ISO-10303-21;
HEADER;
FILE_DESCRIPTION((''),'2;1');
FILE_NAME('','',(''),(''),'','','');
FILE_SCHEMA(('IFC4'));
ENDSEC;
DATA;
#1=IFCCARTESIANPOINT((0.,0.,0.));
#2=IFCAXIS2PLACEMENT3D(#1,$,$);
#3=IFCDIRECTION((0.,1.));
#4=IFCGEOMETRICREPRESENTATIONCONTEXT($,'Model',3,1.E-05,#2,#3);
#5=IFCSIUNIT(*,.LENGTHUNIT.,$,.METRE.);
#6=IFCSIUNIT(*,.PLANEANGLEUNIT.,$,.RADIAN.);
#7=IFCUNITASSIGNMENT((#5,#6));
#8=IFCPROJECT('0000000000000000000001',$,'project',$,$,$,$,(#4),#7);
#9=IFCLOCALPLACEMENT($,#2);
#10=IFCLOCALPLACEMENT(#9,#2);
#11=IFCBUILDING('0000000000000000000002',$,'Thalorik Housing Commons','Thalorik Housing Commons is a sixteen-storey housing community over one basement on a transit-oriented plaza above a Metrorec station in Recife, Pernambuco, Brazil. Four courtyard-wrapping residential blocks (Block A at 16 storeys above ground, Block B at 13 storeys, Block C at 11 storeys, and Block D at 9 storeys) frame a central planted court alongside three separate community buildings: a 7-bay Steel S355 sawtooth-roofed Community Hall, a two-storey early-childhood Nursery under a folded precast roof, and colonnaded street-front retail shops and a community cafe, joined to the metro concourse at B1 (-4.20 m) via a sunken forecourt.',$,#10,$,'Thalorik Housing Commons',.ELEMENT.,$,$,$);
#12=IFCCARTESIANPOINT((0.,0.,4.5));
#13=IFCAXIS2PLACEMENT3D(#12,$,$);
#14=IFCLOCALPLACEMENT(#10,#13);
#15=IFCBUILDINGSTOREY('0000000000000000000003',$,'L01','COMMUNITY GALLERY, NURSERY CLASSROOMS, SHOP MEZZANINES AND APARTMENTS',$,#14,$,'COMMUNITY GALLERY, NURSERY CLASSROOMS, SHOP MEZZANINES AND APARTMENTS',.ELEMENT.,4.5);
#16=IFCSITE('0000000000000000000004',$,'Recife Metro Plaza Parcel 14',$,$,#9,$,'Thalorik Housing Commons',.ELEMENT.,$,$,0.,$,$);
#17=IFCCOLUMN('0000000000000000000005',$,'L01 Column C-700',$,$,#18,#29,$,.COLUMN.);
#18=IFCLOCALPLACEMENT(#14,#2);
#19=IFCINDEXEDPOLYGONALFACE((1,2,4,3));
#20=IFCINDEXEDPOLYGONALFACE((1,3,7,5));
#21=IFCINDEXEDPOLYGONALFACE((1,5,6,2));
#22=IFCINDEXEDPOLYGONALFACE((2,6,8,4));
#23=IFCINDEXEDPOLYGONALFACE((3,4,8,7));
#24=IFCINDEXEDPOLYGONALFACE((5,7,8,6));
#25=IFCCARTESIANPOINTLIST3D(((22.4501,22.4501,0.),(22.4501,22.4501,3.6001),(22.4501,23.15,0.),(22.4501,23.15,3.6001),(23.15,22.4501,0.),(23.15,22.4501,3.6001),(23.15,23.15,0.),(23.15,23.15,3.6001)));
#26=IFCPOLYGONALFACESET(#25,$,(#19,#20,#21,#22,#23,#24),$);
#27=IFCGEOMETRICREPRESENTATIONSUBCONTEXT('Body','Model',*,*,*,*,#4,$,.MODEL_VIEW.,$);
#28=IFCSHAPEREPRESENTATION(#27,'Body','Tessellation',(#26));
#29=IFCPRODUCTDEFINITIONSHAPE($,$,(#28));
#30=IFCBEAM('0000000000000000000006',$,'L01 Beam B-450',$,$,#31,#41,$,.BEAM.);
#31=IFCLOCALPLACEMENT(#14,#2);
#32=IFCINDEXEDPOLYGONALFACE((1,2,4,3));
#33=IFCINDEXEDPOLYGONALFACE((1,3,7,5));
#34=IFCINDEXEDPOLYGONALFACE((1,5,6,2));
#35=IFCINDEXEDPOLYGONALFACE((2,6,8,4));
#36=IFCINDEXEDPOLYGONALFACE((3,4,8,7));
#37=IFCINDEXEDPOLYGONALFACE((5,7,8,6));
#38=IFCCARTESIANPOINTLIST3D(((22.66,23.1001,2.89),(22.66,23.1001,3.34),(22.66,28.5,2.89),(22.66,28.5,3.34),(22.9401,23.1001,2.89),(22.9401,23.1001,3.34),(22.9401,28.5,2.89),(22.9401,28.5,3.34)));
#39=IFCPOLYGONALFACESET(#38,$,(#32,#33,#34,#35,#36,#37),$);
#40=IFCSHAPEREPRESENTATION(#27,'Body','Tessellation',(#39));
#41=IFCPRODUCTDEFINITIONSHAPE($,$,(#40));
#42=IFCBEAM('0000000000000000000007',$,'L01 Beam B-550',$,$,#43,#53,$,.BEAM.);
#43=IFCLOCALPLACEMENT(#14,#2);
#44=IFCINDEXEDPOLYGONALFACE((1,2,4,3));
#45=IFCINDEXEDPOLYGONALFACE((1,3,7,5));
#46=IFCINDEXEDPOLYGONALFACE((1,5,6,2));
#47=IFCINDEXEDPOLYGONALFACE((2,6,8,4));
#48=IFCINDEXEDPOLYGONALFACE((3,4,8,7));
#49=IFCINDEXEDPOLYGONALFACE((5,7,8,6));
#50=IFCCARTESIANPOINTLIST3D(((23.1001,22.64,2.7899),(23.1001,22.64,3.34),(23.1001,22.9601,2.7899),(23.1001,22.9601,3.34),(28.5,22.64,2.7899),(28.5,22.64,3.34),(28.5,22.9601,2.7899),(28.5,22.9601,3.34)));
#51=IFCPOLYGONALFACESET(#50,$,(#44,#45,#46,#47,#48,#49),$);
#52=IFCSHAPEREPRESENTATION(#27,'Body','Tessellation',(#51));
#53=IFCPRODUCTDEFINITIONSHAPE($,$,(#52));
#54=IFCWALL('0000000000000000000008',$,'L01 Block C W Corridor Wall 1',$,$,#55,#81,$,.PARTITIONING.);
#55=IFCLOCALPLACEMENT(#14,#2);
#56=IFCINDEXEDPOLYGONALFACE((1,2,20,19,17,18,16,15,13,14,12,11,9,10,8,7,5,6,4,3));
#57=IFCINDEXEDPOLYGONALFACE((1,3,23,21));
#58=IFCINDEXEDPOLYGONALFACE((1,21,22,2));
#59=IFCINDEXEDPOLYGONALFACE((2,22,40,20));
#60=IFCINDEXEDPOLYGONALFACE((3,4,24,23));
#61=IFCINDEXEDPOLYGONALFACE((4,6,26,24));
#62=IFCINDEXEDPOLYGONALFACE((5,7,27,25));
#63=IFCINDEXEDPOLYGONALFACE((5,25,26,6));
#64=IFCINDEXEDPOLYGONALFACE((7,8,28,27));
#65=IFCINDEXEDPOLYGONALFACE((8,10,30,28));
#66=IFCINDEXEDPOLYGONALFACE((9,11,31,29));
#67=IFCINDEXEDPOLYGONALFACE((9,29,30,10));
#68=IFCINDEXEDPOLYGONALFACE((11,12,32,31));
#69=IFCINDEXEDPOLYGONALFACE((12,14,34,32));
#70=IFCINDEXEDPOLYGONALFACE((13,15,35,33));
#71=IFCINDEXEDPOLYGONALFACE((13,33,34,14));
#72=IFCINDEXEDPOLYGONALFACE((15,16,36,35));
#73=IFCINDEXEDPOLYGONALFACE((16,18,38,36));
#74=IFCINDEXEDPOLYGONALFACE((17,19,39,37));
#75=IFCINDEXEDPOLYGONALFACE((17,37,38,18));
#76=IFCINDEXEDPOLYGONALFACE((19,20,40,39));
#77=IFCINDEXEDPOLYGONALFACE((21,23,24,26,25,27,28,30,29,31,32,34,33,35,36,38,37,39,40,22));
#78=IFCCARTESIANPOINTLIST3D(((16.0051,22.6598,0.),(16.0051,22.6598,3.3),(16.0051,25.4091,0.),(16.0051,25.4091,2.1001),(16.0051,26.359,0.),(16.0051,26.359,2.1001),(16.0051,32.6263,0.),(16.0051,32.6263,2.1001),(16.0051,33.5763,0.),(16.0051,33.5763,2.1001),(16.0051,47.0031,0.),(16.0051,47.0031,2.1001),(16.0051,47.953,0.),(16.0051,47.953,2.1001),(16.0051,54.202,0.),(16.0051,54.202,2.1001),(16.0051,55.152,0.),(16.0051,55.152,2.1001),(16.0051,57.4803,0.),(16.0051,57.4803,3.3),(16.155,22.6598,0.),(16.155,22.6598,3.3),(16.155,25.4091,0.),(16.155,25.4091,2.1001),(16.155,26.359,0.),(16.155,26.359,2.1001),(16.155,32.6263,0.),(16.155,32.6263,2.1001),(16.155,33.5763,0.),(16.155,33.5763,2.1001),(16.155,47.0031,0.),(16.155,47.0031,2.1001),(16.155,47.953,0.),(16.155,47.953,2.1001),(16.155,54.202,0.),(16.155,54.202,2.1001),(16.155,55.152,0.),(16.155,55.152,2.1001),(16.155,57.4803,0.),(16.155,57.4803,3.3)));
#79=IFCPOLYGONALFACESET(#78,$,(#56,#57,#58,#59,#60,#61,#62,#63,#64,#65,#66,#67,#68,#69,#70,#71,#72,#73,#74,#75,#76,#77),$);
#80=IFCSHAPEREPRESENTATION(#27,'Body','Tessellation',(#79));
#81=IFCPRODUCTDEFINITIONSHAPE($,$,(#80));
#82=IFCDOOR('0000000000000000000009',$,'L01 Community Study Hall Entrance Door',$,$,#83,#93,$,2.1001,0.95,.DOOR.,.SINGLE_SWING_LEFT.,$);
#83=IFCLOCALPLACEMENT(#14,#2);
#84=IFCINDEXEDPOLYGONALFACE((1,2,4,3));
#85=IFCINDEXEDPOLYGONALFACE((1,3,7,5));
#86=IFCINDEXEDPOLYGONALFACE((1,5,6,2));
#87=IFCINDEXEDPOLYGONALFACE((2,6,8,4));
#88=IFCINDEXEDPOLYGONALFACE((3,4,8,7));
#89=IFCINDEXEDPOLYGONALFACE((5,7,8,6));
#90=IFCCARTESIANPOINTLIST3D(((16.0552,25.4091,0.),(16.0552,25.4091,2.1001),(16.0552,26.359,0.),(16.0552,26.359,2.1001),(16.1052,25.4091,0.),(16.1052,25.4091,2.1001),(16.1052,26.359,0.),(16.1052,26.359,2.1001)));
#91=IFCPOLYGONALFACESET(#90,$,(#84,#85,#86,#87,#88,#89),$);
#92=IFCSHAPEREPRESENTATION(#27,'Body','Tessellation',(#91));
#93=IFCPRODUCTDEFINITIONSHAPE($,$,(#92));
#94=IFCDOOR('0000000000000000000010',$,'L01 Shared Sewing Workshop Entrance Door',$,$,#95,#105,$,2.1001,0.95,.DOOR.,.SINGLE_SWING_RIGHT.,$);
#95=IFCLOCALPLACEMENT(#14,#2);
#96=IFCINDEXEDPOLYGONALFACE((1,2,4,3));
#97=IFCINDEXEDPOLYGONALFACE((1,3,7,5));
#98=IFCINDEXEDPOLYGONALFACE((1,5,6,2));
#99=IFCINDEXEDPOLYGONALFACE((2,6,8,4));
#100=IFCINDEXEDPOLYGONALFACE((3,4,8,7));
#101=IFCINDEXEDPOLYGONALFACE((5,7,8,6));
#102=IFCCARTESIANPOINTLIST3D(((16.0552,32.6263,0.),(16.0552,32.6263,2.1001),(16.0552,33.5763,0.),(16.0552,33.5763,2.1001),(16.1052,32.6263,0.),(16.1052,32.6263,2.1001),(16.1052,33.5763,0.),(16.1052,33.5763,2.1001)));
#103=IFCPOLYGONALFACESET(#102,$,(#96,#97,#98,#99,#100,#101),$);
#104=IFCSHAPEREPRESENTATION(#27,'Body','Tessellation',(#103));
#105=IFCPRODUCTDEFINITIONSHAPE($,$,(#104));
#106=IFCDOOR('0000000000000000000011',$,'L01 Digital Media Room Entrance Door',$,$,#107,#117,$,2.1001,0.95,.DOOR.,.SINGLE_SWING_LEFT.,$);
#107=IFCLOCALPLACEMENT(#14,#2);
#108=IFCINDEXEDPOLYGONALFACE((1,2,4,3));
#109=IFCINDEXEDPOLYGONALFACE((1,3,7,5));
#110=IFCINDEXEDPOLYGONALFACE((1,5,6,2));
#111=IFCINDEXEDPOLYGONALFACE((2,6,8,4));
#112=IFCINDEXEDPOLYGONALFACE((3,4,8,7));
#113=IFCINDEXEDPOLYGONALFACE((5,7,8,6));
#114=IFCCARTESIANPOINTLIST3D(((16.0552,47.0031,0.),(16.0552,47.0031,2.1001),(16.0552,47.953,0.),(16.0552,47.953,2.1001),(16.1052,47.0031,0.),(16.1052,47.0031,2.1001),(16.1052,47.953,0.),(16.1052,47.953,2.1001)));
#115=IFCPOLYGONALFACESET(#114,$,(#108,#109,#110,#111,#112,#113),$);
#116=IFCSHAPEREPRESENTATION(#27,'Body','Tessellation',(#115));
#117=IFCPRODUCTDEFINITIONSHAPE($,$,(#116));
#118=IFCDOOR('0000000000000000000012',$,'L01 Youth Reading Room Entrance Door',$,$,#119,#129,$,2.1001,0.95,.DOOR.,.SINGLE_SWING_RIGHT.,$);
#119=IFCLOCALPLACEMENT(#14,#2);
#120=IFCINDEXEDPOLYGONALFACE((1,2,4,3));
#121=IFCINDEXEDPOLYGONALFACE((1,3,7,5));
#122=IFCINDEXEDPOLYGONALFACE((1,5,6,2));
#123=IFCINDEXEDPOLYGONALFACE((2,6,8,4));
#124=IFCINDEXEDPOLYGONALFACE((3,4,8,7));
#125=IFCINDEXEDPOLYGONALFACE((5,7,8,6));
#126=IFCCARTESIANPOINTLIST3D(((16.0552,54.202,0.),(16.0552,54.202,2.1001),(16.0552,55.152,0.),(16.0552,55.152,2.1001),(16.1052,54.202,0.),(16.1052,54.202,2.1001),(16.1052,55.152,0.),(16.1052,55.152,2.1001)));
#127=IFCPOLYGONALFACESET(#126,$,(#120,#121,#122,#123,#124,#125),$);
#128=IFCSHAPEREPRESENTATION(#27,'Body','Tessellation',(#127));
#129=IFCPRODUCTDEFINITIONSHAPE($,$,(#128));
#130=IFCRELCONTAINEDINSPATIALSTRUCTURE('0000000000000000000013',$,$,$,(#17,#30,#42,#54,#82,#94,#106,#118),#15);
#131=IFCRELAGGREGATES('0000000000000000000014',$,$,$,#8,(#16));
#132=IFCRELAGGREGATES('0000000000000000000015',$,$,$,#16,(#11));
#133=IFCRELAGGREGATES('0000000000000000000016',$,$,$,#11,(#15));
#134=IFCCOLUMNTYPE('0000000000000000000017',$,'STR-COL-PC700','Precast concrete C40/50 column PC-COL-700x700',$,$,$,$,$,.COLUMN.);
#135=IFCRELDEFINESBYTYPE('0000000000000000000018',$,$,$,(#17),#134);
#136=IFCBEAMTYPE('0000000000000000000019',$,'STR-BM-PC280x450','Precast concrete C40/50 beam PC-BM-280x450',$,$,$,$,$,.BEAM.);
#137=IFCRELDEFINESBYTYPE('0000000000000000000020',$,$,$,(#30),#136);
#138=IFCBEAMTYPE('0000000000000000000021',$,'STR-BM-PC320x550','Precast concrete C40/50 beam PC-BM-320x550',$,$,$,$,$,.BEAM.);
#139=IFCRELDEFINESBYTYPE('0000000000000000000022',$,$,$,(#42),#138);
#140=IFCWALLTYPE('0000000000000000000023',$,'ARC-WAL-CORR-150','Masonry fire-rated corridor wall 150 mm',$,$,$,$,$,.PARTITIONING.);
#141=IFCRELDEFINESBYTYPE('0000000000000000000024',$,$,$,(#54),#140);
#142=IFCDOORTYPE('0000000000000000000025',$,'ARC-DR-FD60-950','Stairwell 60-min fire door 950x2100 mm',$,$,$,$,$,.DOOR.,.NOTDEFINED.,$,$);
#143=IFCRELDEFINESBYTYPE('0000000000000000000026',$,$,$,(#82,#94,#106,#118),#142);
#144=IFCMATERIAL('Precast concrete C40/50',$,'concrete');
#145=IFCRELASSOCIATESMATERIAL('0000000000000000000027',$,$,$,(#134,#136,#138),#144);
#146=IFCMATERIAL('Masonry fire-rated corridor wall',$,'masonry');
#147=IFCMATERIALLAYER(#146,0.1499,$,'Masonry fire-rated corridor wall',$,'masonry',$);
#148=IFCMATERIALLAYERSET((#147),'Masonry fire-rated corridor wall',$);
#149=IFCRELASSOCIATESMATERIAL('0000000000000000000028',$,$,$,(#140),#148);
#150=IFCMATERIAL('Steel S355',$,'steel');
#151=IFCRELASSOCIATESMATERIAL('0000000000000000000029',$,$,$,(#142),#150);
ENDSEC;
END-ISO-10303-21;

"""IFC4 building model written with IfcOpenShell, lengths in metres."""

from ifc_helpers import new_model, si_unit, direction, frame, frame_2d, origin, origin_2d, place, context, subcontext, project, spatial, rectangle, extrude, material, layer, layer_set, material_profile, profile_set, type_object, element, fill, save


model = new_model("IFC4")

# Units and contexts
model_context = context("Model", 3, precision=1e-05, world=origin(), true_north=direction((0.0, 1.0)))
body_context = subcontext(model_context, "Body", "Model", "MODEL_VIEW")
ifc_project = project(units=[si_unit("LENGTHUNIT", "METRE"), si_unit("PLANEANGLEUNIT", "RADIAN")], contexts=[model_context])

# Site, building, storey
site_placement = place(None, origin())
site = spatial("IfcSite", under=ifc_project, at=site_placement, Name="Recife Metro Plaza Parcel 14", LongName="Thalorik Housing Commons", CompositionType="ELEMENT", RefElevation=0.0)
building_placement = place(site_placement, origin())
building = spatial("IfcBuilding", under=site, at=building_placement, Name="Thalorik Housing Commons", Description="Thalorik Housing Commons is a sixteen-storey housing community over one basement on a transit-oriented plaza above a Metrorec station in Recife, Pernambuco, Brazil. Four courtyard-wrapping residential blocks (Block A at 16 storeys above ground, Block B at 13 storeys, Block C at 11 storeys, and Block D at 9 storeys) frame a central planted court alongside three separate community buildings: a 7-bay Steel S355 sawtooth-roofed Community Hall, a two-storey early-childhood Nursery under a folded precast roof, and colonnaded street-front retail shops and a community cafe, joined to the metro concourse at B1 (-4.20 m) via a sunken forecourt.", LongName="Thalorik Housing Commons", CompositionType="ELEMENT")
storey_placement = place(building_placement, frame((0.0, 0.0, 4.5)))
storey = spatial("IfcBuildingStorey", under=building, at=storey_placement, Name="L01", Description="COMMUNITY GALLERY, NURSERY CLASSROOMS, SHOP MEZZANINES AND APARTMENTS", LongName="COMMUNITY GALLERY, NURSERY CLASSROOMS, SHOP MEZZANINES AND APARTMENTS", CompositionType="ELEMENT", Elevation=4.5)

# Column
ifc_material_1 = material(Name="Precast concrete C40/50", Category="concrete")
ifc_material_profile_1 = material_profile(ifc_material_1, rectangle(XDim=0.7, YDim=0.7, at=origin_2d()), Name="PC 700x700", Category="concrete")
ifc_profile_set_1 = profile_set([ifc_material_profile_1], Name="Precast concrete C40/50")
column_type = type_object("IfcColumnType", Name="STR-COL-PC700", Description="Precast concrete C40/50 column PC-COL-700x700", PredefinedType="COLUMN", material=ifc_profile_set_1)
column_placement = place(storey_placement, frame((22.8, 22.8, 0.0), z_axis=(0.0, 0.0, 1.0), x_axis=(1.0, 0.0, 0.0)))
element("IfcColumn", 1, at=column_placement, inside=storey, type_object=column_type, Name="L01 Column C-700", PredefinedType="COLUMN", context=body_context, shape_type="SweptSolid", body=[
    extrude(rectangle(XDim=0.7, YDim=0.7, at=origin_2d()), origin(), (0.0, 0.0, 1.0), 3.6001),
])

# Beams
ifc_material_profile_2 = material_profile(ifc_material_1, rectangle(XDim=0.28, YDim=0.45, at=origin_2d()), Name="PC 280x450", Category="concrete")
ifc_profile_set_2 = profile_set([ifc_material_profile_2], Name="Precast concrete C40/50")
beam_type_1 = type_object("IfcBeamType", Name="STR-BM-PC280x450", Description="Precast concrete C40/50 beam PC-BM-280x450", PredefinedType="BEAM", material=ifc_profile_set_2)
beam_1_placement = place(storey_placement, frame((22.8, 23.1001, 3.115), z_axis=(0.0, 1.0, 0.0), x_axis=(-1.0, 0.0, 0.0)))
element("IfcBeam", 2, at=beam_1_placement, inside=storey, type_object=beam_type_1, Name="L01 Beam B-450", PredefinedType="BEAM", context=body_context, shape_type="SweptSolid", body=[
    extrude(rectangle(XDim=0.28, YDim=0.45, at=origin_2d()), origin(), (0.0, 0.0, 1.0), 5.3999),
])
ifc_material_profile_3 = material_profile(ifc_material_1, rectangle(XDim=0.3201, YDim=0.55, at=origin_2d()), Name="PC 320x550", Category="concrete")
ifc_profile_set_3 = profile_set([ifc_material_profile_3], Name="Precast concrete C40/50")
beam_type_2 = type_object("IfcBeamType", Name="STR-BM-PC320x550", Description="Precast concrete C40/50 beam PC-BM-320x550", PredefinedType="BEAM", material=ifc_profile_set_3)
beam_2_placement = place(storey_placement, frame((23.1001, 22.8, 3.0649), z_axis=(1.0, 0.0, 0.0), x_axis=(0.0, 1.0, 0.0)))
element("IfcBeam", 3, at=beam_2_placement, inside=storey, type_object=beam_type_2, Name="L01 Beam B-550", PredefinedType="BEAM", context=body_context, shape_type="SweptSolid", body=[
    extrude(rectangle(XDim=0.3201, YDim=0.55, at=origin_2d()), origin(), (0.0, 0.0, 1.0), 5.3999),
])

# Wall, openings, doors
ifc_material_2 = material(Name="Masonry fire-rated corridor wall", Category="masonry")
ifc_layer_1 = layer(ifc_material_2, 0.1499, Name="Masonry fire-rated corridor wall", Category="masonry")
ifc_layer_set_1 = layer_set([ifc_layer_1], Name="Masonry fire-rated corridor wall")
wall_type_1 = type_object("IfcWallType", Name="ARC-WAL-CORR-150", Description="Masonry fire-rated corridor wall 150 mm", PredefinedType="PARTITIONING", material=ifc_layer_set_1)
wall_1_placement = place(storey_placement, frame((16.0801, 22.6599, 0.0), z_axis=(0.0, 0.0, 1.0), x_axis=(0.0, 1.0, 0.0)))
wall_1 = element("IfcWall", 4, at=wall_1_placement, inside=storey, type_object=wall_type_1, Name="L01 Block C W Corridor Wall 1", PredefinedType="PARTITIONING", context=body_context, shape_type="SweptSolid", body=[
    extrude(rectangle(XDim=34.8206, YDim=0.1499, at=frame_2d((17.4102, 0.0))), origin(), (0.0, 0.0, 1.0), 3.3),
])
opening_1_placement = place(wall_1_placement, frame((2.749, 0.0, 0.0)))
opening_1 = element("IfcOpeningElement", 5, at=opening_1_placement, cuts=wall_1, PredefinedType="OPENING", context=body_context, shape_type="SweptSolid", body=[
    extrude(rectangle(XDim=0.95, YDim=2.1001, at=frame_2d((0.4751, 1.05))), frame((0.0, 0.085, 0.0), z_axis=(0.0, -1.0, 0.0), x_axis=(1.0, 0.0, 0.0)), (0.0, 0.0, 1.0), 0.1699),
])
opening_2_placement = place(wall_1_placement, frame((9.9663, 0.0, 0.0)))
opening_2 = element("IfcOpeningElement", 6, at=opening_2_placement, cuts=wall_1, PredefinedType="OPENING", context=body_context, shape_type="SweptSolid", body=[
    extrude(rectangle(XDim=0.95, YDim=2.1001, at=frame_2d((0.4751, 1.05))), frame((0.0, 0.085, 0.0), z_axis=(0.0, -1.0, 0.0), x_axis=(1.0, 0.0, 0.0)), (0.0, 0.0, 1.0), 0.1699),
])
opening_3_placement = place(wall_1_placement, frame((24.343, 0.0, 0.0)))
opening_3 = element("IfcOpeningElement", 7, at=opening_3_placement, cuts=wall_1, PredefinedType="OPENING", context=body_context, shape_type="SweptSolid", body=[
    extrude(rectangle(XDim=0.95, YDim=2.1001, at=frame_2d((0.4751, 1.05))), frame((0.0, 0.085, 0.0), z_axis=(0.0, -1.0, 0.0), x_axis=(1.0, 0.0, 0.0)), (0.0, 0.0, 1.0), 0.1699),
])
opening_4_placement = place(wall_1_placement, frame((31.542, 0.0, 0.0)))
opening_4 = element("IfcOpeningElement", 8, at=opening_4_placement, cuts=wall_1, PredefinedType="OPENING", context=body_context, shape_type="SweptSolid", body=[
    extrude(rectangle(XDim=0.95, YDim=2.1001, at=frame_2d((0.4751, 1.05))), frame((0.0, 0.085, 0.0), z_axis=(0.0, -1.0, 0.0), x_axis=(1.0, 0.0, 0.0)), (0.0, 0.0, 1.0), 0.1699),
])
ifc_material_3 = material(Name="Steel S355", Category="steel")
door_type_1 = type_object("IfcDoorType", Name="ARC-DR-FD60-950", Description="Stairwell 60-min fire door 950x2100 mm", OperationType="NOTDEFINED", PredefinedType="DOOR", material=ifc_material_3)
door_1_placement = place(opening_1_placement, origin())
door_1 = element("IfcDoor", 9, at=door_1_placement, inside=storey, type_object=door_type_1, Name="L01 Community Study Hall Entrance Door", OperationType="SINGLE_SWING_LEFT", OverallHeight=2.1001, OverallWidth=0.95, PredefinedType="DOOR", context=body_context, shape_type="SweptSolid", body=[
    extrude(rectangle(XDim=0.95, YDim=2.1001, at=frame_2d((0.4751, 1.05))), frame((0.0, 0.0249, 0.0), z_axis=(0.0, -1.0, 0.0), x_axis=(1.0, 0.0, 0.0)), (0.0, 0.0, 1.0), 0.05),
])
fill(opening_1, door_1)
door_2_placement = place(opening_2_placement, origin())
door_2 = element("IfcDoor", 10, at=door_2_placement, inside=storey, type_object=door_type_1, Name="L01 Shared Sewing Workshop Entrance Door", OperationType="SINGLE_SWING_RIGHT", OverallHeight=2.1001, OverallWidth=0.95, PredefinedType="DOOR", context=body_context, shape_type="SweptSolid", body=[
    extrude(rectangle(XDim=0.95, YDim=2.1001, at=frame_2d((0.4751, 1.05))), frame((0.0, 0.0249, 0.0), z_axis=(0.0, -1.0, 0.0), x_axis=(1.0, 0.0, 0.0)), (0.0, 0.0, 1.0), 0.05),
])
fill(opening_2, door_2)
door_3_placement = place(opening_3_placement, origin())
door_3 = element("IfcDoor", 11, at=door_3_placement, inside=storey, type_object=door_type_1, Name="L01 Digital Media Room Entrance Door", OperationType="SINGLE_SWING_LEFT", OverallHeight=2.1001, OverallWidth=0.95, PredefinedType="DOOR", context=body_context, shape_type="SweptSolid", body=[
    extrude(rectangle(XDim=0.95, YDim=2.1001, at=frame_2d((0.4751, 1.05))), frame((0.0, 0.0249, 0.0), z_axis=(0.0, -1.0, 0.0), x_axis=(1.0, 0.0, 0.0)), (0.0, 0.0, 1.0), 0.05),
])
fill(opening_3, door_3)
door_4_placement = place(opening_4_placement, origin())
door_4 = element("IfcDoor", 12, at=door_4_placement, inside=storey, type_object=door_type_1, Name="L01 Youth Reading Room Entrance Door", OperationType="SINGLE_SWING_RIGHT", OverallHeight=2.1001, OverallWidth=0.95, PredefinedType="DOOR", context=body_context, shape_type="SweptSolid", body=[
    extrude(rectangle(XDim=0.95, YDim=2.1001, at=frame_2d((0.4751, 1.05))), frame((0.0, 0.0249, 0.0), z_axis=(0.0, -1.0, 0.0), x_axis=(1.0, 0.0, 0.0)), (0.0, 0.0, 1.0), 0.05),
])
fill(opening_4, door_4)

save(model, "model.ifc")
